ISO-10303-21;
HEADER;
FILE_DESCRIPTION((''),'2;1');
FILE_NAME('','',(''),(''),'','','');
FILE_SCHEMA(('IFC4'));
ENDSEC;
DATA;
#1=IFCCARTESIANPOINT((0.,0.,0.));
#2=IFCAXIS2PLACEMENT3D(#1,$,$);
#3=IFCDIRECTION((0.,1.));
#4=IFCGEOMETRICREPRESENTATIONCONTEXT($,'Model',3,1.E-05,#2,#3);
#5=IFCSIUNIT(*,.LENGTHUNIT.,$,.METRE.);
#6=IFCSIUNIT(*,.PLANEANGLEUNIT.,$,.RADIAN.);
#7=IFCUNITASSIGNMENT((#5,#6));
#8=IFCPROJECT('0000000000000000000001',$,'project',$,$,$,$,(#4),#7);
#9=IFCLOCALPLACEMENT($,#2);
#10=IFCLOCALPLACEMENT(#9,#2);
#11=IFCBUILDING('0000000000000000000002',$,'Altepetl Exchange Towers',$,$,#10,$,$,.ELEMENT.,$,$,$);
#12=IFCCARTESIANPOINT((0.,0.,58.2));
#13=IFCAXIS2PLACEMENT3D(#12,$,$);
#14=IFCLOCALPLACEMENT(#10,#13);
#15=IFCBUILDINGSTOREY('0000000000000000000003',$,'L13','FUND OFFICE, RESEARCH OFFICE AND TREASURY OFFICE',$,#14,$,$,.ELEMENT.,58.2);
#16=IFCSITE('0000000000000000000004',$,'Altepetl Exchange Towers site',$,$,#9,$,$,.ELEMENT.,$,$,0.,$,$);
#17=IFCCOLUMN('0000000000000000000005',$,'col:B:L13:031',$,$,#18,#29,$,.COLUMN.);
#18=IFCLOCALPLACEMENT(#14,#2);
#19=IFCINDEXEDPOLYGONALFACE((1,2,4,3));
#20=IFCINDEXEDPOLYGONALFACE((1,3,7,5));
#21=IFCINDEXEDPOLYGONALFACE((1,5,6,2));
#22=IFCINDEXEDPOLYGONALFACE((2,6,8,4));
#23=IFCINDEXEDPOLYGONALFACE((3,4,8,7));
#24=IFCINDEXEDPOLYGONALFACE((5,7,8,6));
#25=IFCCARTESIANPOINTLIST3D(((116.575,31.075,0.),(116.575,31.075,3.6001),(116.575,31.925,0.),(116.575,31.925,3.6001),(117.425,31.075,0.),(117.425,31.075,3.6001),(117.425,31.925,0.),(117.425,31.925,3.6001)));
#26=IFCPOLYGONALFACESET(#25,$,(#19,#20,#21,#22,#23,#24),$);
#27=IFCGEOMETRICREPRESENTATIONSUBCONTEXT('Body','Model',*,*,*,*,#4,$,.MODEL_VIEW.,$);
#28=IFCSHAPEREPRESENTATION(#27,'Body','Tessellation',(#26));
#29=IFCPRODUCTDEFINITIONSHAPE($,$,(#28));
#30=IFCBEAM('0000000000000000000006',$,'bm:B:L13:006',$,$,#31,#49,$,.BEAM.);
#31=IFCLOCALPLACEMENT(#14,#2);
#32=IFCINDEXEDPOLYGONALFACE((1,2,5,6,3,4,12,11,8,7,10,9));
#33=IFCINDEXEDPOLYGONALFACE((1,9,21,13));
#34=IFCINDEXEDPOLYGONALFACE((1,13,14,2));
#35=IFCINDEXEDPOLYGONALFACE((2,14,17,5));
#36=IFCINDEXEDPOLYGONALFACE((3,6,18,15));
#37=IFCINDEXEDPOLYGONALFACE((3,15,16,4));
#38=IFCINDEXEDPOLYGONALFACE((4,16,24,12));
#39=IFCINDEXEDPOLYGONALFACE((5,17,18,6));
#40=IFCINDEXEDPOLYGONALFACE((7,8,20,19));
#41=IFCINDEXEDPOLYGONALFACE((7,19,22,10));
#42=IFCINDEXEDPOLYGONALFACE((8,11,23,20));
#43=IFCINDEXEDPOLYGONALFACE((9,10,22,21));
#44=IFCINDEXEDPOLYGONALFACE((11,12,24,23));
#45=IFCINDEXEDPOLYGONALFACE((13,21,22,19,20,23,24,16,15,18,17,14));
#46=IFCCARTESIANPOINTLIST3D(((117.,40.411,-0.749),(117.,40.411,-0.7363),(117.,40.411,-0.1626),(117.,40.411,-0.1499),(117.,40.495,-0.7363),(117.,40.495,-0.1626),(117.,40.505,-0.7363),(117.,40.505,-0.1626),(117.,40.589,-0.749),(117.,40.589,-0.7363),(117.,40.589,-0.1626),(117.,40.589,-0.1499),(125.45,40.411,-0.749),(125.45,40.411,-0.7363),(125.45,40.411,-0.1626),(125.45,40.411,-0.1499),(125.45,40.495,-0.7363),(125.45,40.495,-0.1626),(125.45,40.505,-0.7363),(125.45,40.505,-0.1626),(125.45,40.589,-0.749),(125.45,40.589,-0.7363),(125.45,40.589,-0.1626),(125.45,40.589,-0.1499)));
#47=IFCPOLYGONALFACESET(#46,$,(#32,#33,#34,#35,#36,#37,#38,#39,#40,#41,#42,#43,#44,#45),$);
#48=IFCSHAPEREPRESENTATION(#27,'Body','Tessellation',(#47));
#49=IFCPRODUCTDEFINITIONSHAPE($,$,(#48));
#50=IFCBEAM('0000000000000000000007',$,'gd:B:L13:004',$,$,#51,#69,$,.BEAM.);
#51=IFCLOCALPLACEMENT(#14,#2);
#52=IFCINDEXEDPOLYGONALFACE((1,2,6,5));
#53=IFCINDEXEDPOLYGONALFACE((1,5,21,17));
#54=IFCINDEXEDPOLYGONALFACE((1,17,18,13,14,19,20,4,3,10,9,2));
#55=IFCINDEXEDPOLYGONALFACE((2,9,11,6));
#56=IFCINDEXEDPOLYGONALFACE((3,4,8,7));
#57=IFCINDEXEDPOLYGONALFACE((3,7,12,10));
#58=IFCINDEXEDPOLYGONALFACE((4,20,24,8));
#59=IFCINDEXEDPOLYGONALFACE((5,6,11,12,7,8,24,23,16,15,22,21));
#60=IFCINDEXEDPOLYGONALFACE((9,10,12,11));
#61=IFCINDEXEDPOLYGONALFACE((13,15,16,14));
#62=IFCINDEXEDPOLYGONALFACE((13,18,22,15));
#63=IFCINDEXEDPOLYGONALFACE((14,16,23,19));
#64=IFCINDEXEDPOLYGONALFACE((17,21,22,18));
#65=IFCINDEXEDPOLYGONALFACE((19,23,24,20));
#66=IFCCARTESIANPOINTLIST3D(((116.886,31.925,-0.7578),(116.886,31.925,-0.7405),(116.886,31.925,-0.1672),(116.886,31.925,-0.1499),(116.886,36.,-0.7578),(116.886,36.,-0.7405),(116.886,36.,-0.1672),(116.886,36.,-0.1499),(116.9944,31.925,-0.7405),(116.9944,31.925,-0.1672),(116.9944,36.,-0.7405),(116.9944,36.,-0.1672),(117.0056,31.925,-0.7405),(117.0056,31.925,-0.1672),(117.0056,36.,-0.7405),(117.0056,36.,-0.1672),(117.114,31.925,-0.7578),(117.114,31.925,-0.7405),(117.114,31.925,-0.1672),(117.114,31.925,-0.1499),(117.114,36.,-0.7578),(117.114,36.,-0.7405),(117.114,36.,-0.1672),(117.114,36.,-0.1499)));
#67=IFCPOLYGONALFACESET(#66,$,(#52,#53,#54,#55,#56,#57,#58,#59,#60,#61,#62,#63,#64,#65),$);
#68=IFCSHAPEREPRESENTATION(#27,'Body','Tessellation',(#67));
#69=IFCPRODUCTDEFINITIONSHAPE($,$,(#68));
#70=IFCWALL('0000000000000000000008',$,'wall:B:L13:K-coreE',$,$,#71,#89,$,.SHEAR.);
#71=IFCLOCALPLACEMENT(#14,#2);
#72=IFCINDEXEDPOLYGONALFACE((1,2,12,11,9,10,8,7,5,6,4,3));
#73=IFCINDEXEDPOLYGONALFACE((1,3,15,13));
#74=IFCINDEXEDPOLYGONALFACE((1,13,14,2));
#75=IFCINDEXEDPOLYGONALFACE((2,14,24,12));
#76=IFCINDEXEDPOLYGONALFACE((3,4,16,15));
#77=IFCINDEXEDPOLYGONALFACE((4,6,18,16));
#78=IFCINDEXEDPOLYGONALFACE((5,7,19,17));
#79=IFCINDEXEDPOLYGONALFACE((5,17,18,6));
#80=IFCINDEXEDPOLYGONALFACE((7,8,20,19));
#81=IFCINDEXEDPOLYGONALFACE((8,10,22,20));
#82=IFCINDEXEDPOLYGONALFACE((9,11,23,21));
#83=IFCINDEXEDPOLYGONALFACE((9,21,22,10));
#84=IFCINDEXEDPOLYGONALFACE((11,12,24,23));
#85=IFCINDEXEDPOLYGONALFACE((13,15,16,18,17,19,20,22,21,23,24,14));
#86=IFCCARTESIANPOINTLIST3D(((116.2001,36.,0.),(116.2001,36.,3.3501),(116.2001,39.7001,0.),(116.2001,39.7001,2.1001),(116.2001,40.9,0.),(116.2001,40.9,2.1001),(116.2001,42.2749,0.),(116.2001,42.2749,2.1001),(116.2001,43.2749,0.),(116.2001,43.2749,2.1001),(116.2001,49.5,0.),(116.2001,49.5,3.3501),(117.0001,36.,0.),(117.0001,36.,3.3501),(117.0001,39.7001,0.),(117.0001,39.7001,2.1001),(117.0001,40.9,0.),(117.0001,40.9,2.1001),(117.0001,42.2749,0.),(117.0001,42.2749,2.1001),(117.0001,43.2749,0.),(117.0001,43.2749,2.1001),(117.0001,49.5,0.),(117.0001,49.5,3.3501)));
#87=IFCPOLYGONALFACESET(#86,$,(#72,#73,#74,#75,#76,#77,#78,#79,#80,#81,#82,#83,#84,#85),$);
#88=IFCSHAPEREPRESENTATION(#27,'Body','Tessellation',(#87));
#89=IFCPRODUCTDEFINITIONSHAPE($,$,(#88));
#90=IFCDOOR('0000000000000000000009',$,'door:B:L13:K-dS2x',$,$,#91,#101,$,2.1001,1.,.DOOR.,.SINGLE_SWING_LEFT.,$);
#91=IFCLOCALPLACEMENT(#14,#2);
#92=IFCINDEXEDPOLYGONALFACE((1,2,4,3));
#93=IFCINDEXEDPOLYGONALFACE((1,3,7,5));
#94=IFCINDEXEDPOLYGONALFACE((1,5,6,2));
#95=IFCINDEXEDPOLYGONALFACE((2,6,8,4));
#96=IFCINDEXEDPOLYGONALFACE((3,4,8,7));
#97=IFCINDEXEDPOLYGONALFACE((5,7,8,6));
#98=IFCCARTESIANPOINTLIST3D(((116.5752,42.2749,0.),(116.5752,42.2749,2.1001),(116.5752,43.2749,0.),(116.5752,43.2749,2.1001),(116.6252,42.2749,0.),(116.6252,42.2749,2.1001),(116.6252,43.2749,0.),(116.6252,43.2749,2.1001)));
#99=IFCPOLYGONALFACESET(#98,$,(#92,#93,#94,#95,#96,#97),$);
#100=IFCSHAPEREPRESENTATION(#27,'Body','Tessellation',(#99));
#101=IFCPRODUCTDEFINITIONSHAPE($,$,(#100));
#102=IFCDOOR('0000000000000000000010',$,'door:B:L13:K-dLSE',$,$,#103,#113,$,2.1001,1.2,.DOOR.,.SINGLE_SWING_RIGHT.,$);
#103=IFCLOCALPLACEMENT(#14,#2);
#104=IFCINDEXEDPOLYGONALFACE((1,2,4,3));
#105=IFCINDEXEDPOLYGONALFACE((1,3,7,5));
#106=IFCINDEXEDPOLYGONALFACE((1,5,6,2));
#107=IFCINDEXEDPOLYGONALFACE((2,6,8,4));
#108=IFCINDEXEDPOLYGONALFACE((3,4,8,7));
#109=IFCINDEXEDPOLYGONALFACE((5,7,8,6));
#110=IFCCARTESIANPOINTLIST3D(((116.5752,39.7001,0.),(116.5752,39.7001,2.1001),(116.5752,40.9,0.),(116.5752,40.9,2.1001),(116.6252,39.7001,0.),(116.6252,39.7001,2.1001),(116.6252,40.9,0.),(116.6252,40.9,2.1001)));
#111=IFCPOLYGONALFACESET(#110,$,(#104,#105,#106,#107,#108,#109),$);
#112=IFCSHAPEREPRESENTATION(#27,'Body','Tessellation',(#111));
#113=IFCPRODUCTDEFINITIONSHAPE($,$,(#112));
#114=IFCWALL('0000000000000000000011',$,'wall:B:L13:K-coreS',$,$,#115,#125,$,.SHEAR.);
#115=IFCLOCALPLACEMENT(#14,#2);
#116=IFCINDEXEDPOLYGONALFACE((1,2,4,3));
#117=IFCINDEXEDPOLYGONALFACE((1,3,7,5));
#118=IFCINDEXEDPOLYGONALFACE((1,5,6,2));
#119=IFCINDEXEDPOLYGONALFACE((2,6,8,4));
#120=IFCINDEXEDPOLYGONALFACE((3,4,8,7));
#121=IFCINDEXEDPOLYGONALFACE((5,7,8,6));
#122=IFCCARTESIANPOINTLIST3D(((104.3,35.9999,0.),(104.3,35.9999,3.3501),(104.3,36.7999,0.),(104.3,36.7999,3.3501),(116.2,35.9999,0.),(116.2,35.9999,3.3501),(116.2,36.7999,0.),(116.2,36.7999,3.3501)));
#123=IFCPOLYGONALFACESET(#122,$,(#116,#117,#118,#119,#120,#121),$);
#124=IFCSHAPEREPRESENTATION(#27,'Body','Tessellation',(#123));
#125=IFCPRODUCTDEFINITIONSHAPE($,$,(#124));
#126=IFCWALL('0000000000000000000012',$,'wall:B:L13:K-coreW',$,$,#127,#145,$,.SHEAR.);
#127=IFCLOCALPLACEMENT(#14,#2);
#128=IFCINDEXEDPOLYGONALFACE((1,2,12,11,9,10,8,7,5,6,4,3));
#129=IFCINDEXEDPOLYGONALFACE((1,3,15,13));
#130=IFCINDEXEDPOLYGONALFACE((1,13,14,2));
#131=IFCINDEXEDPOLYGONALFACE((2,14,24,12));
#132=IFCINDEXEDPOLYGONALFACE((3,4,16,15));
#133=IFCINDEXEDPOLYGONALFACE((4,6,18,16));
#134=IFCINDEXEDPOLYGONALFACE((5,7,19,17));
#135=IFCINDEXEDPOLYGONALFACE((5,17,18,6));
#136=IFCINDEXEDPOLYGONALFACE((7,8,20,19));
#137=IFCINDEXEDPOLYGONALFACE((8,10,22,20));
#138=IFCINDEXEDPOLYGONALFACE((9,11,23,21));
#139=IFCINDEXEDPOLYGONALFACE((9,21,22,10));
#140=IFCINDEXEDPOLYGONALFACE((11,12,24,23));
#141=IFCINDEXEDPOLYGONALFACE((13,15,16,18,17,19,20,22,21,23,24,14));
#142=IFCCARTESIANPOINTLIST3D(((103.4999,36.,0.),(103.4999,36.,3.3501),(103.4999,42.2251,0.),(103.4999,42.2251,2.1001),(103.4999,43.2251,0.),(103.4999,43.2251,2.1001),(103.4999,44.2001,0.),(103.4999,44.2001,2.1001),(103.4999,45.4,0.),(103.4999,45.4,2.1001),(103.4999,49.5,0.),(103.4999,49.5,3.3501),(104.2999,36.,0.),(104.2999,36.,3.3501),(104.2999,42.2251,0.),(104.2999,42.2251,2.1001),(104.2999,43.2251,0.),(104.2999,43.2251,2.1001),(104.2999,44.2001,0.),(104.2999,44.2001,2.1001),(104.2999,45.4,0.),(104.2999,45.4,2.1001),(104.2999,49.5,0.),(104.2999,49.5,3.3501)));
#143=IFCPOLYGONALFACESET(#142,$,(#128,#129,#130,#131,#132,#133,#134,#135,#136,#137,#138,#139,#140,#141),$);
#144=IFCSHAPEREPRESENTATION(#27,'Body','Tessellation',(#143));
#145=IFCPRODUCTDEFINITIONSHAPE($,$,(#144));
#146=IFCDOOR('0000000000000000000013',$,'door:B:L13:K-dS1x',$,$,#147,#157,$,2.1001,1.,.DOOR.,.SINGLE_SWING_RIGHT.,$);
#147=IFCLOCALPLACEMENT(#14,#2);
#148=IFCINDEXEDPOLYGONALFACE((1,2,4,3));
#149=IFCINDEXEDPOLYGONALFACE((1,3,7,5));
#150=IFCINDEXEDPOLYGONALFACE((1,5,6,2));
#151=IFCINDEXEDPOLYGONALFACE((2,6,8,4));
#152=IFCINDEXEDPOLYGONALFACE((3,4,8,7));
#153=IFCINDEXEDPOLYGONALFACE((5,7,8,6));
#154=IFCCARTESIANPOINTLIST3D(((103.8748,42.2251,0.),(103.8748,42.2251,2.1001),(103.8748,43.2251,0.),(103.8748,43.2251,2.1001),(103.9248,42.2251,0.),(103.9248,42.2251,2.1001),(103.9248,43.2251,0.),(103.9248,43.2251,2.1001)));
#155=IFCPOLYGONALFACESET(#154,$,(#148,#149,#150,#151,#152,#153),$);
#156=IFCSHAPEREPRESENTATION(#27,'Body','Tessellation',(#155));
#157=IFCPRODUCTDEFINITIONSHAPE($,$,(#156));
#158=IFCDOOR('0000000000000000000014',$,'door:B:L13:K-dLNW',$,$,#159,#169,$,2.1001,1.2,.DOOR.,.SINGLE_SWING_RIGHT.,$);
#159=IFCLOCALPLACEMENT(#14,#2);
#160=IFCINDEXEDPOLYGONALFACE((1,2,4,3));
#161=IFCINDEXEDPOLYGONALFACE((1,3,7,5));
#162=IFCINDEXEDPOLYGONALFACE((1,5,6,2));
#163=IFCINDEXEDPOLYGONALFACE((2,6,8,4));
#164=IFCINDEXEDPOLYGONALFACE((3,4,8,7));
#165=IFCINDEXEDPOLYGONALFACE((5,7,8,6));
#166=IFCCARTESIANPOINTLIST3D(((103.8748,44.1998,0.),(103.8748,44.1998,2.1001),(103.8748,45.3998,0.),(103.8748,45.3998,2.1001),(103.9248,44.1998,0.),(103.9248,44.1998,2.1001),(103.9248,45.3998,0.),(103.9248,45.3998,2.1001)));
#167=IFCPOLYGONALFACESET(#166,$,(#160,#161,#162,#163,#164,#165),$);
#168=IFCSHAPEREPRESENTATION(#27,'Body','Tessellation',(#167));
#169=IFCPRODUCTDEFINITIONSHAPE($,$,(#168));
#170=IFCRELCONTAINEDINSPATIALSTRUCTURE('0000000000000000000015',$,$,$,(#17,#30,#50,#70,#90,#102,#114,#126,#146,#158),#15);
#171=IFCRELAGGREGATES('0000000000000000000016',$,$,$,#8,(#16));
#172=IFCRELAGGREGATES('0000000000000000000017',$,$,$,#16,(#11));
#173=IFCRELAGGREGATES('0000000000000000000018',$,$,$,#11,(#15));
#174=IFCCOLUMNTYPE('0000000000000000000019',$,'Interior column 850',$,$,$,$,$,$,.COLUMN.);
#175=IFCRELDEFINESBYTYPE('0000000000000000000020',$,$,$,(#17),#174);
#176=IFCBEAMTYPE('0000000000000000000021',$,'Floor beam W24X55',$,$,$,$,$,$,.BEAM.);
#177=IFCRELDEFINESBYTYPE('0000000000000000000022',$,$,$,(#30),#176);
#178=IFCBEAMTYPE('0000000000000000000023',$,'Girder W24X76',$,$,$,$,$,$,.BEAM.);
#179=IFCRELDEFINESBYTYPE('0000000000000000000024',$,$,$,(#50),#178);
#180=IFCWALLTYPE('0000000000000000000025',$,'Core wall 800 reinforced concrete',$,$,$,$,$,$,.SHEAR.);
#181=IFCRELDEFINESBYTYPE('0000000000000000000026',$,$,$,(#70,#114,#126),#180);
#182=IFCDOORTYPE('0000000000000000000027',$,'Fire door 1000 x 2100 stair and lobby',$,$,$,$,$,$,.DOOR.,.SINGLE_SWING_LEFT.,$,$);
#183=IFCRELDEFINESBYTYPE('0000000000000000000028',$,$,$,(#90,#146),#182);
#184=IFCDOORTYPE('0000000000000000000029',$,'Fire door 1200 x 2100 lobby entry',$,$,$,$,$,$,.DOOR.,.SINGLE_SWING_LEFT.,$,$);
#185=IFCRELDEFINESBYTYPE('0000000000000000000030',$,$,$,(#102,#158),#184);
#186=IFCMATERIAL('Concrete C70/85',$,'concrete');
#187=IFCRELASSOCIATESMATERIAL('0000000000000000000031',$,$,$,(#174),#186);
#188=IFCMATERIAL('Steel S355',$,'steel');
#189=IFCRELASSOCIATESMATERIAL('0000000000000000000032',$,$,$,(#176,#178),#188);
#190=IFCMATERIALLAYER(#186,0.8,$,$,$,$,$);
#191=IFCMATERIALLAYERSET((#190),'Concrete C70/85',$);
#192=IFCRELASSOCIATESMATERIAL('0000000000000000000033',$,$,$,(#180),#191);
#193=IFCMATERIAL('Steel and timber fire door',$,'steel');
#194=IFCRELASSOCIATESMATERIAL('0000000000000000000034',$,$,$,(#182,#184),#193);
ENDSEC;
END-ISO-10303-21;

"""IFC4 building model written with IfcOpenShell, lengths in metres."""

from ifc_helpers import new_model, si_unit, direction, frame, frame_2d, origin, origin_2d, place, context, subcontext, project, spatial, rectangle, i_section, extrude, material, layer, layer_set, material_profile, profile_set, type_object, element, fill, save


model = new_model("IFC4")

# Units and contexts
model_context = context("Model", 3, precision=1e-05, world=origin(), true_north=direction((0.0, 1.0)))
body_context = subcontext(model_context, "Body", "Model", "MODEL_VIEW")
ifc_project = project(units=[si_unit("LENGTHUNIT", "METRE"), si_unit("PLANEANGLEUNIT", "RADIAN")], contexts=[model_context])

# Site, building, storey
site_placement = place(None, origin())
site = spatial("IfcSite", under=ifc_project, at=site_placement, Name="Altepetl Exchange Towers site", CompositionType="ELEMENT", RefElevation=0.0)
building_placement = place(site_placement, origin())
building = spatial("IfcBuilding", under=site, at=building_placement, Name="Altepetl Exchange Towers", CompositionType="ELEMENT")
storey_placement = place(building_placement, frame((0.0, 0.0, 58.2)))
storey = spatial("IfcBuildingStorey", under=building, at=storey_placement, Name="L13", Description="FUND OFFICE, RESEARCH OFFICE AND TREASURY OFFICE", CompositionType="ELEMENT", Elevation=58.2)

# Column
ifc_material_1 = material(Name="Concrete C70/85", Category="concrete")
ifc_material_profile_1 = material_profile(ifc_material_1, rectangle(XDim=0.8501, YDim=0.8501, at=origin_2d()), Name="850 x 850")
ifc_profile_set_1 = profile_set([ifc_material_profile_1], Name="Concrete C70/85")
column_type = type_object("IfcColumnType", Name="Interior column 850", PredefinedType="COLUMN", material=ifc_profile_set_1)
column_placement = place(storey_placement, frame((117.0, 31.5, 0.0)))
element("IfcColumn", 1, at=column_placement, inside=storey, type_object=column_type, Name="col:B:L13:031", PredefinedType="COLUMN", context=body_context, shape_type="SweptSolid", body=[
    extrude(rectangle(XDim=0.8501, YDim=0.8501, at=origin_2d()), origin(), (0.0, 0.0, 1.0), 3.6001),
])

# Beams
ifc_material_2 = material(Name="Steel S355", Category="steel")
ifc_material_profile_2 = material_profile(ifc_material_2, i_section(OverallWidth=0.178, OverallDepth=0.5991, WebThickness=0.01, FlangeThickness=0.0127, at=origin_2d()), Name="W24X55")
ifc_profile_set_2 = profile_set([ifc_material_profile_2], Name="Steel S355")
beam_type_1 = type_object("IfcBeamType", Name="Floor beam W24X55", PredefinedType="BEAM", material=ifc_profile_set_2)
beam_1_placement = place(storey_placement, frame((117.0, 40.5, -0.4495), z_axis=(1.0, 0.0, 0.0), x_axis=(0.0, 1.0, 0.0)))
element("IfcBeam", 2, at=beam_1_placement, inside=storey, type_object=beam_type_1, Name="bm:B:L13:006", PredefinedType="BEAM", context=body_context, shape_type="SweptSolid", body=[
    extrude(i_section(OverallWidth=0.178, OverallDepth=0.5991, WebThickness=0.01, FlangeThickness=0.0127, at=origin_2d()), origin(), (0.0, 0.0, 1.0), 8.45),
])
ifc_material_profile_3 = material_profile(ifc_material_2, i_section(OverallWidth=0.228, OverallDepth=0.6079, WebThickness=0.0112, FlangeThickness=0.0173, at=origin_2d()), Name="W24X76")
ifc_profile_set_3 = profile_set([ifc_material_profile_3], Name="Steel S355")
beam_type_2 = type_object("IfcBeamType", Name="Girder W24X76", PredefinedType="BEAM", material=ifc_profile_set_3)
beam_2_placement = place(storey_placement, frame((117.0, 36.0, -0.4539), z_axis=(0.0, -1.0, 0.0), x_axis=(1.0, 0.0, 0.0)))
element("IfcBeam", 3, at=beam_2_placement, inside=storey, type_object=beam_type_2, Name="gd:B:L13:004", PredefinedType="BEAM", context=body_context, shape_type="SweptSolid", body=[
    extrude(i_section(OverallWidth=0.228, OverallDepth=0.6079, WebThickness=0.0112, FlangeThickness=0.0173, at=origin_2d()), origin(), (0.0, 0.0, 1.0), 4.075),
])

# Wall, openings, doors
ifc_layer_1 = layer(ifc_material_1, 0.8)
ifc_layer_set_1 = layer_set([ifc_layer_1], Name="Concrete C70/85")
wall_type_1 = type_object("IfcWallType", Name="Core wall 800 reinforced concrete", PredefinedType="SHEAR", material=ifc_layer_set_1)
wall_1_placement = place(storey_placement, frame((116.6001, 36.0, 0.0), z_axis=(0.0, 0.0, 1.0), x_axis=(0.0, 1.0, 0.0)))
wall_1 = element("IfcWall", 4, at=wall_1_placement, inside=storey, type_object=wall_type_1, Name="wall:B:L13:K-coreE", PredefinedType="SHEAR", context=body_context, shape_type="SweptSolid", body=[
    extrude(rectangle(XDim=13.5, YDim=0.8, at=frame_2d((6.75, 0.0))), origin(), (0.0, 0.0, 1.0), 3.3501),
])
opening_1_placement = place(wall_1_placement, frame((3.7, 0.0, 0.0)))
opening_1 = element("IfcOpeningElement", 5, at=opening_1_placement, cuts=wall_1, PredefinedType="OPENING", context=body_context, shape_type="SweptSolid", body=[
    extrude(rectangle(XDim=1.2, YDim=2.1001, at=frame_2d((0.6001, 1.05))), frame((0.0, 0.4102, 0.0), z_axis=(0.0, -1.0, 0.0), x_axis=(1.0, 0.0, 0.0)), (0.0, 0.0, 1.0), 0.8201),
])
opening_2_placement = place(wall_1_placement, frame((6.2749, 0.0, 0.0)))
opening_2 = element("IfcOpeningElement", 6, at=opening_2_placement, cuts=wall_1, PredefinedType="OPENING", context=body_context, shape_type="SweptSolid", body=[
    extrude(rectangle(XDim=1.0, YDim=2.1001, at=frame_2d((0.5, 1.05))), frame((0.0, 0.4102, 0.0), z_axis=(0.0, -1.0, 0.0), x_axis=(1.0, 0.0, 0.0)), (0.0, 0.0, 1.0), 0.8201),
])
ifc_material_3 = material(Name="Steel and timber fire door", Category="steel")
door_type_1 = type_object("IfcDoorType", Name="Fire door 1000 x 2100 stair and lobby", OperationType="SINGLE_SWING_LEFT", PredefinedType="DOOR", material=ifc_material_3)
door_1_placement = place(opening_2_placement, origin())
door_1 = element("IfcDoor", 7, at=door_1_placement, inside=storey, type_object=door_type_1, Name="door:B:L13:K-dS2x", OperationType="SINGLE_SWING_LEFT", OverallHeight=2.1001, OverallWidth=1.0, PredefinedType="DOOR", context=body_context, shape_type="SweptSolid", body=[
    extrude(rectangle(XDim=1.0, YDim=2.1001, at=frame_2d((0.5, 1.05))), frame((0.0, 0.0249, 0.0), z_axis=(0.0, -1.0, 0.0), x_axis=(1.0, 0.0, 0.0)), (0.0, 0.0, 1.0), 0.05),
])
fill(opening_2, door_1)
door_type_2 = type_object("IfcDoorType", Name="Fire door 1200 x 2100 lobby entry", OperationType="SINGLE_SWING_LEFT", PredefinedType="DOOR", material=ifc_material_3)
door_2_placement = place(opening_1_placement, origin())
door_2 = element("IfcDoor", 8, at=door_2_placement, inside=storey, type_object=door_type_2, Name="door:B:L13:K-dLSE", OperationType="SINGLE_SWING_RIGHT", OverallHeight=2.1001, OverallWidth=1.2, PredefinedType="DOOR", context=body_context, shape_type="SweptSolid", body=[
    extrude(rectangle(XDim=1.2, YDim=2.1001, at=frame_2d((0.6001, 1.05))), frame((0.0, 0.0249, 0.0), z_axis=(0.0, -1.0, 0.0), x_axis=(1.0, 0.0, 0.0)), (0.0, 0.0, 1.0), 0.05),
])
fill(opening_1, door_2)

# Wall
wall_2_placement = place(storey_placement, frame((104.3, 36.3999, 0.0)))
element("IfcWall", 9, at=wall_2_placement, inside=storey, type_object=wall_type_1, Name="wall:B:L13:K-coreS", PredefinedType="SHEAR", context=body_context, shape_type="SweptSolid", body=[
    extrude(rectangle(XDim=11.8999, YDim=0.8, at=frame_2d((5.95, 0.0))), origin(), (0.0, 0.0, 1.0), 3.3501),
])

# Wall, openings, doors
wall_3_placement = place(storey_placement, frame((103.8999, 36.0, 0.0), z_axis=(0.0, 0.0, 1.0), x_axis=(0.0, 1.0, 0.0)))
wall_3 = element("IfcWall", 10, at=wall_3_placement, inside=storey, type_object=wall_type_1, Name="wall:B:L13:K-coreW", PredefinedType="SHEAR", context=body_context, shape_type="SweptSolid", body=[
    extrude(rectangle(XDim=13.5, YDim=0.8, at=frame_2d((6.75, 0.0))), origin(), (0.0, 0.0, 1.0), 3.3501),
])
opening_3_placement = place(wall_3_placement, frame((8.2, 0.0, 0.0)))
opening_3 = element("IfcOpeningElement", 11, at=opening_3_placement, cuts=wall_3, PredefinedType="OPENING", context=body_context, shape_type="SweptSolid", body=[
    extrude(rectangle(XDim=1.2, YDim=2.1001, at=frame_2d((0.6001, 1.05))), frame((0.0, 0.4102, 0.0), z_axis=(0.0, -1.0, 0.0), x_axis=(1.0, 0.0, 0.0)), (0.0, 0.0, 1.0), 0.8201),
])
opening_4_placement = place(wall_3_placement, frame((6.2251, 0.0, 0.0)))
opening_4 = element("IfcOpeningElement", 12, at=opening_4_placement, cuts=wall_3, PredefinedType="OPENING", context=body_context, shape_type="SweptSolid", body=[
    extrude(rectangle(XDim=1.0, YDim=2.1001, at=frame_2d((0.5, 1.05))), frame((0.0, 0.4102, 0.0), z_axis=(0.0, -1.0, 0.0), x_axis=(1.0, 0.0, 0.0)), (0.0, 0.0, 1.0), 0.8201),
])
door_3_placement = place(opening_4_placement, frame((1.0, 0.0, 0.0), x_axis=(-1.0, 0.0, 0.0)))
door_3 = element("IfcDoor", 13, at=door_3_placement, inside=storey, type_object=door_type_1, Name="door:B:L13:K-dS1x", OperationType="SINGLE_SWING_RIGHT", OverallHeight=2.1001, OverallWidth=1.0, PredefinedType="DOOR", context=body_context, shape_type="SweptSolid", body=[
    extrude(rectangle(XDim=1.0, YDim=2.1001, at=frame_2d((0.5, 1.05))), frame((0.0, 0.0249, 0.0), z_axis=(0.0, -1.0, 0.0), x_axis=(1.0, 0.0, 0.0)), (0.0, 0.0, 1.0), 0.05),
])
fill(opening_4, door_3)
door_4_placement = place(opening_3_placement, frame((1.2, 0.0, 0.0), x_axis=(-1.0, 0.0, 0.0)))
door_4 = element("IfcDoor", 14, at=door_4_placement, inside=storey, type_object=door_type_2, Name="door:B:L13:K-dLNW", OperationType="SINGLE_SWING_RIGHT", OverallHeight=2.1001, OverallWidth=1.2, PredefinedType="DOOR", context=body_context, shape_type="SweptSolid", body=[
    extrude(rectangle(XDim=1.2, YDim=2.1001, at=frame_2d((0.6001, 1.05))), frame((0.0, 0.0249, 0.0), z_axis=(0.0, -1.0, 0.0), x_axis=(1.0, 0.0, 0.0)), (0.0, 0.0, 1.0), 0.05),
])
fill(opening_3, door_4)

save(model, "model.ifc")
